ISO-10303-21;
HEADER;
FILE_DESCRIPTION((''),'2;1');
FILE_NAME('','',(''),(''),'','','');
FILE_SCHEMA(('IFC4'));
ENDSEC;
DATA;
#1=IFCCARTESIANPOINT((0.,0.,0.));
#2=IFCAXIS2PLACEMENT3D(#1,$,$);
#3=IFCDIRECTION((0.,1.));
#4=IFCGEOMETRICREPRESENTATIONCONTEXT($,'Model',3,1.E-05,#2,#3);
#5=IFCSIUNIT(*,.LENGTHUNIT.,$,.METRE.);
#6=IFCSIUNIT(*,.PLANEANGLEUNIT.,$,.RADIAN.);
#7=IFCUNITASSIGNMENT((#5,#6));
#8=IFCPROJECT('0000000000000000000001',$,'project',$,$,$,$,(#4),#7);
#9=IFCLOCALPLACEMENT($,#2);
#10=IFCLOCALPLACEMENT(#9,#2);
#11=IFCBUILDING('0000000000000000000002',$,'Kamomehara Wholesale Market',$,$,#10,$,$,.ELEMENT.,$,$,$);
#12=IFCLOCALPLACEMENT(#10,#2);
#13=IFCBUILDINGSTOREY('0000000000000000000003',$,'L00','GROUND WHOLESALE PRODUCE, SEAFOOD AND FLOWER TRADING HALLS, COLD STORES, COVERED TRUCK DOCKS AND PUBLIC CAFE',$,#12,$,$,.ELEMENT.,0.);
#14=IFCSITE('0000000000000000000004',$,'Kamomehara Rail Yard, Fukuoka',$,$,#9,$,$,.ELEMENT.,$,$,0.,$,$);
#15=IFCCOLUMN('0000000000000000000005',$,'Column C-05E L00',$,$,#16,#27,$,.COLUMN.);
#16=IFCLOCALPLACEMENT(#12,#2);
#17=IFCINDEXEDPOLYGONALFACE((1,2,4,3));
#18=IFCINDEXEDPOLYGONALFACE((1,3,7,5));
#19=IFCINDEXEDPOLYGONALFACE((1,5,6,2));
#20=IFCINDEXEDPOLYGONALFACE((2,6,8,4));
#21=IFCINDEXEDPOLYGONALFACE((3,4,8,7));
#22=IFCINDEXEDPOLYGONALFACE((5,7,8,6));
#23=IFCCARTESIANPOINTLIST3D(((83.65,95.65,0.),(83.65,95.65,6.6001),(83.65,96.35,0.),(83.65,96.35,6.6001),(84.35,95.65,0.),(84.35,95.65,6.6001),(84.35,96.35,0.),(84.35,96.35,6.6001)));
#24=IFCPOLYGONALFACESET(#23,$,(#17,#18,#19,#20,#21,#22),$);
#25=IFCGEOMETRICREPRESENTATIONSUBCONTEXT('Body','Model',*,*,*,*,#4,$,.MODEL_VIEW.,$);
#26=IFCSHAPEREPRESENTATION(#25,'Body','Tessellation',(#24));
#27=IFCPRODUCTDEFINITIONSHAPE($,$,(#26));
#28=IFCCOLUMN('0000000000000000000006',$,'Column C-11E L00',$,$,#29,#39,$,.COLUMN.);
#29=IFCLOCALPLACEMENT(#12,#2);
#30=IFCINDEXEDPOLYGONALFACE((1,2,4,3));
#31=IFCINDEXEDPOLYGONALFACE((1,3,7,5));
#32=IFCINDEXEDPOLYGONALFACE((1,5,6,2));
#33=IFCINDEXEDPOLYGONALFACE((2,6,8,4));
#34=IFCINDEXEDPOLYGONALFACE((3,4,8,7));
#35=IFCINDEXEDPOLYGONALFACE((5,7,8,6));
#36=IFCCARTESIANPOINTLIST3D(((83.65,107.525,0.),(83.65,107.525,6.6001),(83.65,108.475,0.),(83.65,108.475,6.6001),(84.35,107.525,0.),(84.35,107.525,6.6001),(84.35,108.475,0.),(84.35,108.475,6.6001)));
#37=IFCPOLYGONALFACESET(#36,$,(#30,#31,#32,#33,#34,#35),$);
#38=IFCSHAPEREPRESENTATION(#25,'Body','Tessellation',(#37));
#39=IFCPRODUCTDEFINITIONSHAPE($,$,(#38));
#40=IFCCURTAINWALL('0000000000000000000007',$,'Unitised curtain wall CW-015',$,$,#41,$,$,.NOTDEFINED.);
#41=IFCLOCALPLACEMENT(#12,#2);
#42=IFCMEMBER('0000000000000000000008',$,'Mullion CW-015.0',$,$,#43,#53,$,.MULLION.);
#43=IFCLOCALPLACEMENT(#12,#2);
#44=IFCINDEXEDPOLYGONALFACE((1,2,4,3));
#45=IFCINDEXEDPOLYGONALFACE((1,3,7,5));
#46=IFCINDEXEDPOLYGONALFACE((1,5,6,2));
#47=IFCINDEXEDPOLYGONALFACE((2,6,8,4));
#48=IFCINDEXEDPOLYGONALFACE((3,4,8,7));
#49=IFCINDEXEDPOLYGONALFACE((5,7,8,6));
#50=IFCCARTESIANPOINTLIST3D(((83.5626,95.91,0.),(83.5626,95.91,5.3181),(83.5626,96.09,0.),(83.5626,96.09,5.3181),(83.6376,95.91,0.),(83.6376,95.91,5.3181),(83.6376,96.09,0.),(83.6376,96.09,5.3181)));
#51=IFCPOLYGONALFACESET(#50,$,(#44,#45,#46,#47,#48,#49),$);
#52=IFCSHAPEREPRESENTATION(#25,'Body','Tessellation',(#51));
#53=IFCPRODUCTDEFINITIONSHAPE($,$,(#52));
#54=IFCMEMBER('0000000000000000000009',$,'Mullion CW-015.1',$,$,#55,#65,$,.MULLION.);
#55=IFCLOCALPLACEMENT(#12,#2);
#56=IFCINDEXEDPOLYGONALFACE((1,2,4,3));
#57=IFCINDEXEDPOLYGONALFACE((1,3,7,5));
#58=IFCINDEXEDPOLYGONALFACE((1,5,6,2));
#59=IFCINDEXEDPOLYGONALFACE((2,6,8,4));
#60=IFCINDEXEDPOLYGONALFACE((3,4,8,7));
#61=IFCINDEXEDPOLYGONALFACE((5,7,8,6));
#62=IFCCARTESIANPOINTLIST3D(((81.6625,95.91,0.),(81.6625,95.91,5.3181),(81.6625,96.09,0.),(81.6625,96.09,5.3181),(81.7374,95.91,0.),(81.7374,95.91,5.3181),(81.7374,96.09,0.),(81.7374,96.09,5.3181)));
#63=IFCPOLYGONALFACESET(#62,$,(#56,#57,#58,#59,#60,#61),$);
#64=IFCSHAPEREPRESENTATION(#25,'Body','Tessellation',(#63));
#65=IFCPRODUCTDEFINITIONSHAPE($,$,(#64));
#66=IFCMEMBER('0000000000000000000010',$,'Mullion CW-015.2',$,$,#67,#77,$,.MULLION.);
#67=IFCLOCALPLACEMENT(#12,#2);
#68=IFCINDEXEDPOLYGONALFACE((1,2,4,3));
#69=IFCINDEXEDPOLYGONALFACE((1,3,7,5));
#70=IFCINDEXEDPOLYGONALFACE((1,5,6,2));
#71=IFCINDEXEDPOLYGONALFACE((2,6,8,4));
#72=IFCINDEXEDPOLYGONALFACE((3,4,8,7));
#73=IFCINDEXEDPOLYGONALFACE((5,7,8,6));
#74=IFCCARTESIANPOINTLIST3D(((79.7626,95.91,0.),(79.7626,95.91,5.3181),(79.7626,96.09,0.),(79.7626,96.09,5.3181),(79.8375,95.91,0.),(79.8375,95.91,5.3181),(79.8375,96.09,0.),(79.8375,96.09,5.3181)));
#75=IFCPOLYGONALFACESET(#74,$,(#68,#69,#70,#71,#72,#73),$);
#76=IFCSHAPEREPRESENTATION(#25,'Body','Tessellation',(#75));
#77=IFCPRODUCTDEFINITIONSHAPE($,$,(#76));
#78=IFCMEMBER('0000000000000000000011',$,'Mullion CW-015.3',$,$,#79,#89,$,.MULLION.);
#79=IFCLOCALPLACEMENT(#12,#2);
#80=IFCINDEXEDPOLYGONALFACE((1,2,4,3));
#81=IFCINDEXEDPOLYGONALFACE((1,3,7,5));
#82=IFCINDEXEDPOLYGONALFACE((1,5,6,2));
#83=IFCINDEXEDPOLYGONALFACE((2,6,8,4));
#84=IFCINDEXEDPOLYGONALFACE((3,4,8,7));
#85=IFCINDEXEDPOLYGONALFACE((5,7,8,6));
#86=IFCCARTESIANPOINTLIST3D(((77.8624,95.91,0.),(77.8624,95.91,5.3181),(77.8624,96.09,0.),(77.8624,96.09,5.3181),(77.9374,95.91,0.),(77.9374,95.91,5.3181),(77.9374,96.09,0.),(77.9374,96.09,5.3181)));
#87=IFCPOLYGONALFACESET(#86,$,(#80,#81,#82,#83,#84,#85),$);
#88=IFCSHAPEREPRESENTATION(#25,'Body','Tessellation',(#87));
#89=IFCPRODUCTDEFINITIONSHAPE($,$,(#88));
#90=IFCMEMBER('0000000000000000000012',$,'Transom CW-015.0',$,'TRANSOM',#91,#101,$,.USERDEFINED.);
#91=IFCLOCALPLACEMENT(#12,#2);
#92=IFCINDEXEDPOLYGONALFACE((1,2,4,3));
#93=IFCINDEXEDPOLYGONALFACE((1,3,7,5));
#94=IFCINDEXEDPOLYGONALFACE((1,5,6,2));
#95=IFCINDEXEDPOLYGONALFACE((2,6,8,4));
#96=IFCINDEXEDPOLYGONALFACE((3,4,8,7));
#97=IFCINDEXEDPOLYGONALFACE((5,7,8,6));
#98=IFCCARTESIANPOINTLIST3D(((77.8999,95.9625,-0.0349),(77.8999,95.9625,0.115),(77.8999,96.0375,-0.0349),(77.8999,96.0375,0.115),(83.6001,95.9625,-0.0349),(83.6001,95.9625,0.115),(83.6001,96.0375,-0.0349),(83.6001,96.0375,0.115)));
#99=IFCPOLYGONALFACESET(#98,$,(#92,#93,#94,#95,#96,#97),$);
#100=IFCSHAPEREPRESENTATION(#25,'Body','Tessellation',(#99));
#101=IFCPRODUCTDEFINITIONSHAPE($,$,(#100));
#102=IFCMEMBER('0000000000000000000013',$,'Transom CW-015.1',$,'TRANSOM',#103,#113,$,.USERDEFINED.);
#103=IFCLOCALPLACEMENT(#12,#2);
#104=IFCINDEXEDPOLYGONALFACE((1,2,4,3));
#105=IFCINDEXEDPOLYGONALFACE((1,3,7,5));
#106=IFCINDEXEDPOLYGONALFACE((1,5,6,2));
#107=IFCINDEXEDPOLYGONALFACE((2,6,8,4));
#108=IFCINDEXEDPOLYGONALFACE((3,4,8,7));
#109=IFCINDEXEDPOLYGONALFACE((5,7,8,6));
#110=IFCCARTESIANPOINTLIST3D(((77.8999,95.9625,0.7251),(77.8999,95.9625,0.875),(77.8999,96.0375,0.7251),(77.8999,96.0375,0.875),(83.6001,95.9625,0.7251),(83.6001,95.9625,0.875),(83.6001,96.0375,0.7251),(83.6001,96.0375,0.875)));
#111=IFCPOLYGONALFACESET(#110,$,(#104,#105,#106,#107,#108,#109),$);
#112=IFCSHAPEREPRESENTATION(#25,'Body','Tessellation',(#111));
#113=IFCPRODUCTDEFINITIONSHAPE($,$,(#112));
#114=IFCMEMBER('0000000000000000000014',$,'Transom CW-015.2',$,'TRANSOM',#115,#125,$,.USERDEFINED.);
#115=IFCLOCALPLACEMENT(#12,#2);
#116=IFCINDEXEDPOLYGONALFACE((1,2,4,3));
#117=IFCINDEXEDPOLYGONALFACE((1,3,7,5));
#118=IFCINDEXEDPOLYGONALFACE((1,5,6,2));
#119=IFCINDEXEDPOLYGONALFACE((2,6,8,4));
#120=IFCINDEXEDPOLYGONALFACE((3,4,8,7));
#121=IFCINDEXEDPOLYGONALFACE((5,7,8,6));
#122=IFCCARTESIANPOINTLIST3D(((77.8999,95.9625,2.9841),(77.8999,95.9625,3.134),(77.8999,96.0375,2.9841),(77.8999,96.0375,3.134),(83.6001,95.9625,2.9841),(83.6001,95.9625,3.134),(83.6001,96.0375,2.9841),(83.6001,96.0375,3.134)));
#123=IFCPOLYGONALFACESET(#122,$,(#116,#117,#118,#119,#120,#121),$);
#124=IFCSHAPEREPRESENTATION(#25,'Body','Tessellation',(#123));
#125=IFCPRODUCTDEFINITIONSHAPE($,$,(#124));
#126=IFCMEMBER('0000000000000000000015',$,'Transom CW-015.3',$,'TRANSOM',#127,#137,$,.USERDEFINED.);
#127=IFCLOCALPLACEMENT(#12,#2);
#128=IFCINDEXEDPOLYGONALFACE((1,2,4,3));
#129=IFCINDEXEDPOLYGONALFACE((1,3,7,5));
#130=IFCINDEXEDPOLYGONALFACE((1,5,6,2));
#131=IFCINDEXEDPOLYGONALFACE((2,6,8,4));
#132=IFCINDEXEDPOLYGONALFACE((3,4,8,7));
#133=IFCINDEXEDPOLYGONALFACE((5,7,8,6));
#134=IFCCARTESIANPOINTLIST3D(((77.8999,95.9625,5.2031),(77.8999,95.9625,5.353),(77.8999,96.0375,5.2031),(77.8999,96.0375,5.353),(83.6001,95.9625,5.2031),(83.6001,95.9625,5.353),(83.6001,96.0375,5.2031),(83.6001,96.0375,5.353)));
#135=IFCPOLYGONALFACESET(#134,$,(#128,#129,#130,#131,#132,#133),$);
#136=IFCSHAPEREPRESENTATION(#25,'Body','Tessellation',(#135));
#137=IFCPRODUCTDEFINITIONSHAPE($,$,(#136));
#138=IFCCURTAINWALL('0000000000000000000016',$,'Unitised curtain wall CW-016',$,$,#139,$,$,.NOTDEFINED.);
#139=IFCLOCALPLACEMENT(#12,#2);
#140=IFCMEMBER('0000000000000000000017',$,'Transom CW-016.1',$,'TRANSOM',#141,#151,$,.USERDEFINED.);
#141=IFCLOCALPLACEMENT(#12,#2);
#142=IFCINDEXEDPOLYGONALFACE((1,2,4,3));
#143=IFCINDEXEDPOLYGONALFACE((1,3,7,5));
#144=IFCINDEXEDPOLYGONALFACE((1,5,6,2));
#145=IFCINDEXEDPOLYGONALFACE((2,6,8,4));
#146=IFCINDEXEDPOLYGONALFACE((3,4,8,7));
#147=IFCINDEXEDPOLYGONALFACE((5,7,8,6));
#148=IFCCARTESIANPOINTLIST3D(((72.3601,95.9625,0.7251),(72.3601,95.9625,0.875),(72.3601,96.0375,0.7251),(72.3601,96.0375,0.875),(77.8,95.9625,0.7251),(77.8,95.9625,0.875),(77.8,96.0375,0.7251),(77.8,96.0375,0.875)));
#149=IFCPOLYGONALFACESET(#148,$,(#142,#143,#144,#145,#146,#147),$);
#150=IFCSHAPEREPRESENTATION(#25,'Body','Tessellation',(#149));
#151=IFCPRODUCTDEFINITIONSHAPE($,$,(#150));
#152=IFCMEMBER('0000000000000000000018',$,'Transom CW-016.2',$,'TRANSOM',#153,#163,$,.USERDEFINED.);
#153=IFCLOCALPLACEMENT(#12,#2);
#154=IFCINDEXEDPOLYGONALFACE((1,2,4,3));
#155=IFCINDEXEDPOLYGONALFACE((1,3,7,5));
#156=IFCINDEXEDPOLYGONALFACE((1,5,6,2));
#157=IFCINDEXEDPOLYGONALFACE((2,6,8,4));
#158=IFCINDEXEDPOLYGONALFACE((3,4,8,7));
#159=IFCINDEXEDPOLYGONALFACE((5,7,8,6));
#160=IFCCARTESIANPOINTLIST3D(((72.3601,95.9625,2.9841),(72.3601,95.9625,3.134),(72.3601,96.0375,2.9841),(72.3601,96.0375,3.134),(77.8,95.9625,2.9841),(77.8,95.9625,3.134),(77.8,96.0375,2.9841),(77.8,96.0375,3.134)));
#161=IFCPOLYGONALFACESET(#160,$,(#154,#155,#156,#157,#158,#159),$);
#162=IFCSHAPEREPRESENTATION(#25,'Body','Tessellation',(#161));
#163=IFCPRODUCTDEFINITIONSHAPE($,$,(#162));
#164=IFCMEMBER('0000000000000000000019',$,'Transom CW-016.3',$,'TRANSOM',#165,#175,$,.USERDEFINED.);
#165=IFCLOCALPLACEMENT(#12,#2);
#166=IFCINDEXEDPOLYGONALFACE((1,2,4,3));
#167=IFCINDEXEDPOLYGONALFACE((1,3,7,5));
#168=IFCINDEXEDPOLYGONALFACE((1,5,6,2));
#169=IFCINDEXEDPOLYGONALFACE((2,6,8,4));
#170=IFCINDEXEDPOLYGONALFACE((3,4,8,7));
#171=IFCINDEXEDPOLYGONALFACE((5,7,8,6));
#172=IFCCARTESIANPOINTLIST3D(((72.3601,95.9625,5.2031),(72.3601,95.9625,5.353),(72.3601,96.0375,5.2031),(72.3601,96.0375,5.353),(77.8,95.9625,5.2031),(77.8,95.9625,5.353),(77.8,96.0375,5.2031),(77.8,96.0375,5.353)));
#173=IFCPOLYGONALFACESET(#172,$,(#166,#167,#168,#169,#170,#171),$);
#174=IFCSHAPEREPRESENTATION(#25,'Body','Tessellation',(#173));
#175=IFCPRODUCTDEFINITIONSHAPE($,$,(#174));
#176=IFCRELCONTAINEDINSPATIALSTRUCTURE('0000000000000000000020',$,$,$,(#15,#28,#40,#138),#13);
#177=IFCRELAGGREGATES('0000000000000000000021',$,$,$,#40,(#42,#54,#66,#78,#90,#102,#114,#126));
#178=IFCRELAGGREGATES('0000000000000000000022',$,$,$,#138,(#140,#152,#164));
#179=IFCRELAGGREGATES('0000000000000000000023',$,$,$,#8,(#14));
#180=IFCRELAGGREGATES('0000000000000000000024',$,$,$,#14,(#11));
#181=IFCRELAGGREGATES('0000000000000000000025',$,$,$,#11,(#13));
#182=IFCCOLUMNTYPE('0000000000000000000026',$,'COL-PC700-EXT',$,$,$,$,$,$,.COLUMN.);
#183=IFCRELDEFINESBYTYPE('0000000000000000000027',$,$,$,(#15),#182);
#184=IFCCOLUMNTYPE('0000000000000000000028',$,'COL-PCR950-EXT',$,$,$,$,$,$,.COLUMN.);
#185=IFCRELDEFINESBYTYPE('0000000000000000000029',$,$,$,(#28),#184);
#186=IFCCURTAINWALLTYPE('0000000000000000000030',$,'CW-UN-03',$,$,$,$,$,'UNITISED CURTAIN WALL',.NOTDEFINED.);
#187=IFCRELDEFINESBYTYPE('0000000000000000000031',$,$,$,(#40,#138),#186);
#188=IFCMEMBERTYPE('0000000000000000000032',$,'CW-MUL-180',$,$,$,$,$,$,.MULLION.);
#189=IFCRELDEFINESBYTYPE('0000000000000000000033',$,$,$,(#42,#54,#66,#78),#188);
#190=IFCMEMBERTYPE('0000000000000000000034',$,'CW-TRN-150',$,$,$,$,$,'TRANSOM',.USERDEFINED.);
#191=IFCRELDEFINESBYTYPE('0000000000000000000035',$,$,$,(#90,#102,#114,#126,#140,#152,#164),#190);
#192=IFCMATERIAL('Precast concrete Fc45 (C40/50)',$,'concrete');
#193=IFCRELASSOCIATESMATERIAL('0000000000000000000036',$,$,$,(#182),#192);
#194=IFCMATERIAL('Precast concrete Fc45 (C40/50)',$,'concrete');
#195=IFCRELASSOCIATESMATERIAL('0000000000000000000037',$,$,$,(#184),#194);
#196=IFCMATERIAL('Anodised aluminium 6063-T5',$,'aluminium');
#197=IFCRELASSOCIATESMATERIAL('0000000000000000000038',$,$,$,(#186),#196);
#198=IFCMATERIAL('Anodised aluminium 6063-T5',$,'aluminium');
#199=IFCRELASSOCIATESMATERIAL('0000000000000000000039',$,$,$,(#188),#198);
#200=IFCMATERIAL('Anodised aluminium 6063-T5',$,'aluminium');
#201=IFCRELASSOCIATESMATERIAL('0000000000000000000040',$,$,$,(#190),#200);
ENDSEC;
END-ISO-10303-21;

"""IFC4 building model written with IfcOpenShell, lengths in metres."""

from ifc_helpers import new_model, si_unit, direction, frame, origin, origin_2d, place, context, subcontext, project, spatial, rectangle, extrude, material, material_profile, profile_set, type_object, element, aggregate, save


model = new_model("IFC4")

# Units and contexts
model_context = context("Model", 3, precision=1e-05, world=origin(), true_north=direction((0.0, 1.0)))
body_context = subcontext(model_context, "Body", "Model", "MODEL_VIEW")
ifc_project = project(units=[si_unit("LENGTHUNIT", "METRE"), si_unit("PLANEANGLEUNIT", "RADIAN")], contexts=[model_context])

# Site, building, storey
site_placement = place(None, origin())
site = spatial("IfcSite", under=ifc_project, at=site_placement, Name="Kamomehara Rail Yard, Fukuoka", CompositionType="ELEMENT", RefElevation=0.0)
building_placement = place(site_placement, origin())
building = spatial("IfcBuilding", under=site, at=building_placement, Name="Kamomehara Wholesale Market", CompositionType="ELEMENT")
storey_placement = place(building_placement, origin())
storey = spatial("IfcBuildingStorey", under=building, at=storey_placement, Name="L00", Description="GROUND WHOLESALE PRODUCE, SEAFOOD AND FLOWER TRADING HALLS, COLD STORES, COVERED TRUCK DOCKS AND PUBLIC CAFE", CompositionType="ELEMENT", Elevation=0.0)

# Columns
ifc_material_1 = material(Name="Precast concrete Fc45 (C40/50)", Category="concrete")
ifc_material_profile_1 = material_profile(ifc_material_1, rectangle(XDim=0.7, YDim=0.7, at=origin_2d()), Name="PC-COL-700x700")
ifc_profile_set_1 = profile_set([ifc_material_profile_1], Name="Precast concrete Fc45 (C40/50)")
column_type_1 = type_object("IfcColumnType", Name="COL-PC700-EXT", PredefinedType="COLUMN", material=ifc_profile_set_1)
column_1_placement = place(storey_placement, frame((84.0, 96.0, 0.0), z_axis=(0.0, 0.0, 1.0), x_axis=(1.0, 0.0, 0.0)))
element("IfcColumn", 1, at=column_1_placement, inside=storey, type_object=column_type_1, Name="Column C-05E L00", PredefinedType="COLUMN", context=body_context, shape_type="SweptSolid", body=[
    extrude(rectangle(XDim=0.7, YDim=0.7, at=origin_2d()), origin(), (0.0, 0.0, 1.0), 6.6001),
])
ifc_material_2 = material(Name="Precast concrete Fc45 (C40/50)", Category="concrete")
ifc_material_profile_2 = material_profile(ifc_material_2, rectangle(XDim=0.7, YDim=0.95, at=origin_2d()), Name="PC-COL-700x950")
ifc_profile_set_2 = profile_set([ifc_material_profile_2], Name="Precast concrete Fc45 (C40/50)")
column_type_2 = type_object("IfcColumnType", Name="COL-PCR950-EXT", PredefinedType="COLUMN", material=ifc_profile_set_2)
column_2_placement = place(storey_placement, frame((84.0, 108.0, 0.0), z_axis=(0.0, 0.0, 1.0), x_axis=(1.0, 0.0, 0.0)))
element("IfcColumn", 2, at=column_2_placement, inside=storey, type_object=column_type_2, Name="Column C-11E L00", PredefinedType="COLUMN", context=body_context, shape_type="SweptSolid", body=[
    extrude(rectangle(XDim=0.7, YDim=0.95, at=origin_2d()), origin(), (0.0, 0.0, 1.0), 6.6001),
])

# Curtain walls, members
ifc_material_3 = material(Name="Anodised aluminium 6063-T5", Category="aluminium")
curtain_wall_type = type_object("IfcCurtainWallType", Name="CW-UN-03", ElementType="UNITISED CURTAIN WALL", PredefinedType="NOTDEFINED", material=ifc_material_3)
curtain_wall_1_placement = place(storey_placement, origin())
curtain_wall_1 = element("IfcCurtainWall", 3, at=curtain_wall_1_placement, inside=storey, type_object=curtain_wall_type, Name="Unitised curtain wall CW-015", PredefinedType="NOTDEFINED")
ifc_material_4 = material(Name="Anodised aluminium 6063-T5", Category="aluminium")
ifc_material_profile_3 = material_profile(ifc_material_4, rectangle(XDim=0.075, YDim=0.1799, at=origin_2d()), Name="ALU-MUL-75x180")
ifc_profile_set_3 = profile_set([ifc_material_profile_3], Name="Anodised aluminium 6063-T5")
member_type_1 = type_object("IfcMemberType", Name="CW-MUL-180", PredefinedType="MULLION", material=ifc_profile_set_3)
member_1_placement = place(storey_placement, frame((83.6001, 96.0, 0.0), z_axis=(0.0, 0.0, 1.0), x_axis=(-1.0, 0.0, 0.0)))
member_1 = element("IfcMember", 4, at=member_1_placement, type_object=member_type_1, Name="Mullion CW-015.0", PredefinedType="MULLION", context=body_context, shape_type="SweptSolid", body=[
    extrude(rectangle(XDim=0.075, YDim=0.1799, at=origin_2d()), origin(), (0.0, 0.0, 1.0), 5.3181),
])
member_2_placement = place(storey_placement, frame((81.7, 96.0, 0.0), z_axis=(0.0, 0.0, 1.0), x_axis=(-1.0, 0.0, 0.0)))
member_2 = element("IfcMember", 5, at=member_2_placement, type_object=member_type_1, Name="Mullion CW-015.1", PredefinedType="MULLION", context=body_context, shape_type="SweptSolid", body=[
    extrude(rectangle(XDim=0.075, YDim=0.1799, at=origin_2d()), origin(), (0.0, 0.0, 1.0), 5.3181),
])
member_3_placement = place(storey_placement, frame((79.8, 96.0, 0.0), z_axis=(0.0, 0.0, 1.0), x_axis=(-1.0, 0.0, 0.0)))
member_3 = element("IfcMember", 6, at=member_3_placement, type_object=member_type_1, Name="Mullion CW-015.2", PredefinedType="MULLION", context=body_context, shape_type="SweptSolid", body=[
    extrude(rectangle(XDim=0.075, YDim=0.1799, at=origin_2d()), origin(), (0.0, 0.0, 1.0), 5.3181),
])
member_4_placement = place(storey_placement, frame((77.8999, 96.0, 0.0), z_axis=(0.0, 0.0, 1.0), x_axis=(-1.0, 0.0, 0.0)))
member_4 = element("IfcMember", 7, at=member_4_placement, type_object=member_type_1, Name="Mullion CW-015.3", PredefinedType="MULLION", context=body_context, shape_type="SweptSolid", body=[
    extrude(rectangle(XDim=0.075, YDim=0.1799, at=origin_2d()), origin(), (0.0, 0.0, 1.0), 5.3181),
])
ifc_material_5 = material(Name="Anodised aluminium 6063-T5", Category="aluminium")
ifc_material_profile_4 = material_profile(ifc_material_5, rectangle(XDim=0.075, YDim=0.1499, at=origin_2d()), Name="ALU-TRN-75x150")
ifc_profile_set_4 = profile_set([ifc_material_profile_4], Name="Anodised aluminium 6063-T5")
member_type_2 = type_object("IfcMemberType", Name="CW-TRN-150", ElementType="TRANSOM", PredefinedType="USERDEFINED", material=ifc_profile_set_4)
member_5_placement = place(storey_placement, frame((83.6001, 96.0, 0.04), z_axis=(-1.0, 0.0, 0.0), x_axis=(0.0, -1.0, 0.0)))
member_5 = element("IfcMember", 8, at=member_5_placement, type_object=member_type_2, Name="Transom CW-015.0", ObjectType="TRANSOM", PredefinedType="USERDEFINED", context=body_context, shape_type="SweptSolid", body=[
    extrude(rectangle(XDim=0.075, YDim=0.1499, at=origin_2d()), origin(), (0.0, 0.0, 1.0), 5.7002),
])
member_6_placement = place(storey_placement, frame((83.6001, 96.0, 0.8), z_axis=(-1.0, 0.0, 0.0), x_axis=(0.0, -1.0, 0.0)))
member_6 = element("IfcMember", 9, at=member_6_placement, type_object=member_type_2, Name="Transom CW-015.1", ObjectType="TRANSOM", PredefinedType="USERDEFINED", context=body_context, shape_type="SweptSolid", body=[
    extrude(rectangle(XDim=0.075, YDim=0.1499, at=origin_2d()), origin(), (0.0, 0.0, 1.0), 5.7002),
])
member_7_placement = place(storey_placement, frame((83.6001, 96.0, 3.0591), z_axis=(-1.0, 0.0, 0.0), x_axis=(0.0, -1.0, 0.0)))
member_7 = element("IfcMember", 10, at=member_7_placement, type_object=member_type_2, Name="Transom CW-015.2", ObjectType="TRANSOM", PredefinedType="USERDEFINED", context=body_context, shape_type="SweptSolid", body=[
    extrude(rectangle(XDim=0.075, YDim=0.1499, at=origin_2d()), origin(), (0.0, 0.0, 1.0), 5.7002),
])
member_8_placement = place(storey_placement, frame((83.6001, 96.0, 5.2781), z_axis=(-1.0, 0.0, 0.0), x_axis=(0.0, -1.0, 0.0)))
member_8 = element("IfcMember", 11, at=member_8_placement, type_object=member_type_2, Name="Transom CW-015.3", ObjectType="TRANSOM", PredefinedType="USERDEFINED", context=body_context, shape_type="SweptSolid", body=[
    extrude(rectangle(XDim=0.075, YDim=0.1499, at=origin_2d()), origin(), (0.0, 0.0, 1.0), 5.7002),
])
aggregate(curtain_wall_1, [member_1, member_2, member_3, member_4, member_5, member_6, member_7, member_8])
curtain_wall_2_placement = place(storey_placement, origin())
curtain_wall_2 = element("IfcCurtainWall", 12, at=curtain_wall_2_placement, inside=storey, type_object=curtain_wall_type, Name="Unitised curtain wall CW-016", PredefinedType="NOTDEFINED")
member_9_placement = place(storey_placement, frame((77.8, 96.0, 0.8), z_axis=(-1.0, 0.0, 0.0), x_axis=(0.0, -1.0, 0.0)))
member_9 = element("IfcMember", 13, at=member_9_placement, type_object=member_type_2, Name="Transom CW-016.1", ObjectType="TRANSOM", PredefinedType="USERDEFINED", context=body_context, shape_type="SweptSolid", body=[
    extrude(rectangle(XDim=0.075, YDim=0.1499, at=origin_2d()), origin(), (0.0, 0.0, 1.0), 5.4399),
])
member_10_placement = place(storey_placement, frame((77.8, 96.0, 3.0591), z_axis=(-1.0, 0.0, 0.0), x_axis=(0.0, -1.0, 0.0)))
member_10 = element("IfcMember", 14, at=member_10_placement, type_object=member_type_2, Name="Transom CW-016.2", ObjectType="TRANSOM", PredefinedType="USERDEFINED", context=body_context, shape_type="SweptSolid", body=[
    extrude(rectangle(XDim=0.075, YDim=0.1499, at=origin_2d()), origin(), (0.0, 0.0, 1.0), 5.4399),
])
member_11_placement = place(storey_placement, frame((77.8, 96.0, 5.2781), z_axis=(-1.0, 0.0, 0.0), x_axis=(0.0, -1.0, 0.0)))
member_11 = element("IfcMember", 15, at=member_11_placement, type_object=member_type_2, Name="Transom CW-016.3", ObjectType="TRANSOM", PredefinedType="USERDEFINED", context=body_context, shape_type="SweptSolid", body=[
    extrude(rectangle(XDim=0.075, YDim=0.1499, at=origin_2d()), origin(), (0.0, 0.0, 1.0), 5.4399),
])
aggregate(curtain_wall_2, [member_9, member_10, member_11])

save(model, "model.ifc")
